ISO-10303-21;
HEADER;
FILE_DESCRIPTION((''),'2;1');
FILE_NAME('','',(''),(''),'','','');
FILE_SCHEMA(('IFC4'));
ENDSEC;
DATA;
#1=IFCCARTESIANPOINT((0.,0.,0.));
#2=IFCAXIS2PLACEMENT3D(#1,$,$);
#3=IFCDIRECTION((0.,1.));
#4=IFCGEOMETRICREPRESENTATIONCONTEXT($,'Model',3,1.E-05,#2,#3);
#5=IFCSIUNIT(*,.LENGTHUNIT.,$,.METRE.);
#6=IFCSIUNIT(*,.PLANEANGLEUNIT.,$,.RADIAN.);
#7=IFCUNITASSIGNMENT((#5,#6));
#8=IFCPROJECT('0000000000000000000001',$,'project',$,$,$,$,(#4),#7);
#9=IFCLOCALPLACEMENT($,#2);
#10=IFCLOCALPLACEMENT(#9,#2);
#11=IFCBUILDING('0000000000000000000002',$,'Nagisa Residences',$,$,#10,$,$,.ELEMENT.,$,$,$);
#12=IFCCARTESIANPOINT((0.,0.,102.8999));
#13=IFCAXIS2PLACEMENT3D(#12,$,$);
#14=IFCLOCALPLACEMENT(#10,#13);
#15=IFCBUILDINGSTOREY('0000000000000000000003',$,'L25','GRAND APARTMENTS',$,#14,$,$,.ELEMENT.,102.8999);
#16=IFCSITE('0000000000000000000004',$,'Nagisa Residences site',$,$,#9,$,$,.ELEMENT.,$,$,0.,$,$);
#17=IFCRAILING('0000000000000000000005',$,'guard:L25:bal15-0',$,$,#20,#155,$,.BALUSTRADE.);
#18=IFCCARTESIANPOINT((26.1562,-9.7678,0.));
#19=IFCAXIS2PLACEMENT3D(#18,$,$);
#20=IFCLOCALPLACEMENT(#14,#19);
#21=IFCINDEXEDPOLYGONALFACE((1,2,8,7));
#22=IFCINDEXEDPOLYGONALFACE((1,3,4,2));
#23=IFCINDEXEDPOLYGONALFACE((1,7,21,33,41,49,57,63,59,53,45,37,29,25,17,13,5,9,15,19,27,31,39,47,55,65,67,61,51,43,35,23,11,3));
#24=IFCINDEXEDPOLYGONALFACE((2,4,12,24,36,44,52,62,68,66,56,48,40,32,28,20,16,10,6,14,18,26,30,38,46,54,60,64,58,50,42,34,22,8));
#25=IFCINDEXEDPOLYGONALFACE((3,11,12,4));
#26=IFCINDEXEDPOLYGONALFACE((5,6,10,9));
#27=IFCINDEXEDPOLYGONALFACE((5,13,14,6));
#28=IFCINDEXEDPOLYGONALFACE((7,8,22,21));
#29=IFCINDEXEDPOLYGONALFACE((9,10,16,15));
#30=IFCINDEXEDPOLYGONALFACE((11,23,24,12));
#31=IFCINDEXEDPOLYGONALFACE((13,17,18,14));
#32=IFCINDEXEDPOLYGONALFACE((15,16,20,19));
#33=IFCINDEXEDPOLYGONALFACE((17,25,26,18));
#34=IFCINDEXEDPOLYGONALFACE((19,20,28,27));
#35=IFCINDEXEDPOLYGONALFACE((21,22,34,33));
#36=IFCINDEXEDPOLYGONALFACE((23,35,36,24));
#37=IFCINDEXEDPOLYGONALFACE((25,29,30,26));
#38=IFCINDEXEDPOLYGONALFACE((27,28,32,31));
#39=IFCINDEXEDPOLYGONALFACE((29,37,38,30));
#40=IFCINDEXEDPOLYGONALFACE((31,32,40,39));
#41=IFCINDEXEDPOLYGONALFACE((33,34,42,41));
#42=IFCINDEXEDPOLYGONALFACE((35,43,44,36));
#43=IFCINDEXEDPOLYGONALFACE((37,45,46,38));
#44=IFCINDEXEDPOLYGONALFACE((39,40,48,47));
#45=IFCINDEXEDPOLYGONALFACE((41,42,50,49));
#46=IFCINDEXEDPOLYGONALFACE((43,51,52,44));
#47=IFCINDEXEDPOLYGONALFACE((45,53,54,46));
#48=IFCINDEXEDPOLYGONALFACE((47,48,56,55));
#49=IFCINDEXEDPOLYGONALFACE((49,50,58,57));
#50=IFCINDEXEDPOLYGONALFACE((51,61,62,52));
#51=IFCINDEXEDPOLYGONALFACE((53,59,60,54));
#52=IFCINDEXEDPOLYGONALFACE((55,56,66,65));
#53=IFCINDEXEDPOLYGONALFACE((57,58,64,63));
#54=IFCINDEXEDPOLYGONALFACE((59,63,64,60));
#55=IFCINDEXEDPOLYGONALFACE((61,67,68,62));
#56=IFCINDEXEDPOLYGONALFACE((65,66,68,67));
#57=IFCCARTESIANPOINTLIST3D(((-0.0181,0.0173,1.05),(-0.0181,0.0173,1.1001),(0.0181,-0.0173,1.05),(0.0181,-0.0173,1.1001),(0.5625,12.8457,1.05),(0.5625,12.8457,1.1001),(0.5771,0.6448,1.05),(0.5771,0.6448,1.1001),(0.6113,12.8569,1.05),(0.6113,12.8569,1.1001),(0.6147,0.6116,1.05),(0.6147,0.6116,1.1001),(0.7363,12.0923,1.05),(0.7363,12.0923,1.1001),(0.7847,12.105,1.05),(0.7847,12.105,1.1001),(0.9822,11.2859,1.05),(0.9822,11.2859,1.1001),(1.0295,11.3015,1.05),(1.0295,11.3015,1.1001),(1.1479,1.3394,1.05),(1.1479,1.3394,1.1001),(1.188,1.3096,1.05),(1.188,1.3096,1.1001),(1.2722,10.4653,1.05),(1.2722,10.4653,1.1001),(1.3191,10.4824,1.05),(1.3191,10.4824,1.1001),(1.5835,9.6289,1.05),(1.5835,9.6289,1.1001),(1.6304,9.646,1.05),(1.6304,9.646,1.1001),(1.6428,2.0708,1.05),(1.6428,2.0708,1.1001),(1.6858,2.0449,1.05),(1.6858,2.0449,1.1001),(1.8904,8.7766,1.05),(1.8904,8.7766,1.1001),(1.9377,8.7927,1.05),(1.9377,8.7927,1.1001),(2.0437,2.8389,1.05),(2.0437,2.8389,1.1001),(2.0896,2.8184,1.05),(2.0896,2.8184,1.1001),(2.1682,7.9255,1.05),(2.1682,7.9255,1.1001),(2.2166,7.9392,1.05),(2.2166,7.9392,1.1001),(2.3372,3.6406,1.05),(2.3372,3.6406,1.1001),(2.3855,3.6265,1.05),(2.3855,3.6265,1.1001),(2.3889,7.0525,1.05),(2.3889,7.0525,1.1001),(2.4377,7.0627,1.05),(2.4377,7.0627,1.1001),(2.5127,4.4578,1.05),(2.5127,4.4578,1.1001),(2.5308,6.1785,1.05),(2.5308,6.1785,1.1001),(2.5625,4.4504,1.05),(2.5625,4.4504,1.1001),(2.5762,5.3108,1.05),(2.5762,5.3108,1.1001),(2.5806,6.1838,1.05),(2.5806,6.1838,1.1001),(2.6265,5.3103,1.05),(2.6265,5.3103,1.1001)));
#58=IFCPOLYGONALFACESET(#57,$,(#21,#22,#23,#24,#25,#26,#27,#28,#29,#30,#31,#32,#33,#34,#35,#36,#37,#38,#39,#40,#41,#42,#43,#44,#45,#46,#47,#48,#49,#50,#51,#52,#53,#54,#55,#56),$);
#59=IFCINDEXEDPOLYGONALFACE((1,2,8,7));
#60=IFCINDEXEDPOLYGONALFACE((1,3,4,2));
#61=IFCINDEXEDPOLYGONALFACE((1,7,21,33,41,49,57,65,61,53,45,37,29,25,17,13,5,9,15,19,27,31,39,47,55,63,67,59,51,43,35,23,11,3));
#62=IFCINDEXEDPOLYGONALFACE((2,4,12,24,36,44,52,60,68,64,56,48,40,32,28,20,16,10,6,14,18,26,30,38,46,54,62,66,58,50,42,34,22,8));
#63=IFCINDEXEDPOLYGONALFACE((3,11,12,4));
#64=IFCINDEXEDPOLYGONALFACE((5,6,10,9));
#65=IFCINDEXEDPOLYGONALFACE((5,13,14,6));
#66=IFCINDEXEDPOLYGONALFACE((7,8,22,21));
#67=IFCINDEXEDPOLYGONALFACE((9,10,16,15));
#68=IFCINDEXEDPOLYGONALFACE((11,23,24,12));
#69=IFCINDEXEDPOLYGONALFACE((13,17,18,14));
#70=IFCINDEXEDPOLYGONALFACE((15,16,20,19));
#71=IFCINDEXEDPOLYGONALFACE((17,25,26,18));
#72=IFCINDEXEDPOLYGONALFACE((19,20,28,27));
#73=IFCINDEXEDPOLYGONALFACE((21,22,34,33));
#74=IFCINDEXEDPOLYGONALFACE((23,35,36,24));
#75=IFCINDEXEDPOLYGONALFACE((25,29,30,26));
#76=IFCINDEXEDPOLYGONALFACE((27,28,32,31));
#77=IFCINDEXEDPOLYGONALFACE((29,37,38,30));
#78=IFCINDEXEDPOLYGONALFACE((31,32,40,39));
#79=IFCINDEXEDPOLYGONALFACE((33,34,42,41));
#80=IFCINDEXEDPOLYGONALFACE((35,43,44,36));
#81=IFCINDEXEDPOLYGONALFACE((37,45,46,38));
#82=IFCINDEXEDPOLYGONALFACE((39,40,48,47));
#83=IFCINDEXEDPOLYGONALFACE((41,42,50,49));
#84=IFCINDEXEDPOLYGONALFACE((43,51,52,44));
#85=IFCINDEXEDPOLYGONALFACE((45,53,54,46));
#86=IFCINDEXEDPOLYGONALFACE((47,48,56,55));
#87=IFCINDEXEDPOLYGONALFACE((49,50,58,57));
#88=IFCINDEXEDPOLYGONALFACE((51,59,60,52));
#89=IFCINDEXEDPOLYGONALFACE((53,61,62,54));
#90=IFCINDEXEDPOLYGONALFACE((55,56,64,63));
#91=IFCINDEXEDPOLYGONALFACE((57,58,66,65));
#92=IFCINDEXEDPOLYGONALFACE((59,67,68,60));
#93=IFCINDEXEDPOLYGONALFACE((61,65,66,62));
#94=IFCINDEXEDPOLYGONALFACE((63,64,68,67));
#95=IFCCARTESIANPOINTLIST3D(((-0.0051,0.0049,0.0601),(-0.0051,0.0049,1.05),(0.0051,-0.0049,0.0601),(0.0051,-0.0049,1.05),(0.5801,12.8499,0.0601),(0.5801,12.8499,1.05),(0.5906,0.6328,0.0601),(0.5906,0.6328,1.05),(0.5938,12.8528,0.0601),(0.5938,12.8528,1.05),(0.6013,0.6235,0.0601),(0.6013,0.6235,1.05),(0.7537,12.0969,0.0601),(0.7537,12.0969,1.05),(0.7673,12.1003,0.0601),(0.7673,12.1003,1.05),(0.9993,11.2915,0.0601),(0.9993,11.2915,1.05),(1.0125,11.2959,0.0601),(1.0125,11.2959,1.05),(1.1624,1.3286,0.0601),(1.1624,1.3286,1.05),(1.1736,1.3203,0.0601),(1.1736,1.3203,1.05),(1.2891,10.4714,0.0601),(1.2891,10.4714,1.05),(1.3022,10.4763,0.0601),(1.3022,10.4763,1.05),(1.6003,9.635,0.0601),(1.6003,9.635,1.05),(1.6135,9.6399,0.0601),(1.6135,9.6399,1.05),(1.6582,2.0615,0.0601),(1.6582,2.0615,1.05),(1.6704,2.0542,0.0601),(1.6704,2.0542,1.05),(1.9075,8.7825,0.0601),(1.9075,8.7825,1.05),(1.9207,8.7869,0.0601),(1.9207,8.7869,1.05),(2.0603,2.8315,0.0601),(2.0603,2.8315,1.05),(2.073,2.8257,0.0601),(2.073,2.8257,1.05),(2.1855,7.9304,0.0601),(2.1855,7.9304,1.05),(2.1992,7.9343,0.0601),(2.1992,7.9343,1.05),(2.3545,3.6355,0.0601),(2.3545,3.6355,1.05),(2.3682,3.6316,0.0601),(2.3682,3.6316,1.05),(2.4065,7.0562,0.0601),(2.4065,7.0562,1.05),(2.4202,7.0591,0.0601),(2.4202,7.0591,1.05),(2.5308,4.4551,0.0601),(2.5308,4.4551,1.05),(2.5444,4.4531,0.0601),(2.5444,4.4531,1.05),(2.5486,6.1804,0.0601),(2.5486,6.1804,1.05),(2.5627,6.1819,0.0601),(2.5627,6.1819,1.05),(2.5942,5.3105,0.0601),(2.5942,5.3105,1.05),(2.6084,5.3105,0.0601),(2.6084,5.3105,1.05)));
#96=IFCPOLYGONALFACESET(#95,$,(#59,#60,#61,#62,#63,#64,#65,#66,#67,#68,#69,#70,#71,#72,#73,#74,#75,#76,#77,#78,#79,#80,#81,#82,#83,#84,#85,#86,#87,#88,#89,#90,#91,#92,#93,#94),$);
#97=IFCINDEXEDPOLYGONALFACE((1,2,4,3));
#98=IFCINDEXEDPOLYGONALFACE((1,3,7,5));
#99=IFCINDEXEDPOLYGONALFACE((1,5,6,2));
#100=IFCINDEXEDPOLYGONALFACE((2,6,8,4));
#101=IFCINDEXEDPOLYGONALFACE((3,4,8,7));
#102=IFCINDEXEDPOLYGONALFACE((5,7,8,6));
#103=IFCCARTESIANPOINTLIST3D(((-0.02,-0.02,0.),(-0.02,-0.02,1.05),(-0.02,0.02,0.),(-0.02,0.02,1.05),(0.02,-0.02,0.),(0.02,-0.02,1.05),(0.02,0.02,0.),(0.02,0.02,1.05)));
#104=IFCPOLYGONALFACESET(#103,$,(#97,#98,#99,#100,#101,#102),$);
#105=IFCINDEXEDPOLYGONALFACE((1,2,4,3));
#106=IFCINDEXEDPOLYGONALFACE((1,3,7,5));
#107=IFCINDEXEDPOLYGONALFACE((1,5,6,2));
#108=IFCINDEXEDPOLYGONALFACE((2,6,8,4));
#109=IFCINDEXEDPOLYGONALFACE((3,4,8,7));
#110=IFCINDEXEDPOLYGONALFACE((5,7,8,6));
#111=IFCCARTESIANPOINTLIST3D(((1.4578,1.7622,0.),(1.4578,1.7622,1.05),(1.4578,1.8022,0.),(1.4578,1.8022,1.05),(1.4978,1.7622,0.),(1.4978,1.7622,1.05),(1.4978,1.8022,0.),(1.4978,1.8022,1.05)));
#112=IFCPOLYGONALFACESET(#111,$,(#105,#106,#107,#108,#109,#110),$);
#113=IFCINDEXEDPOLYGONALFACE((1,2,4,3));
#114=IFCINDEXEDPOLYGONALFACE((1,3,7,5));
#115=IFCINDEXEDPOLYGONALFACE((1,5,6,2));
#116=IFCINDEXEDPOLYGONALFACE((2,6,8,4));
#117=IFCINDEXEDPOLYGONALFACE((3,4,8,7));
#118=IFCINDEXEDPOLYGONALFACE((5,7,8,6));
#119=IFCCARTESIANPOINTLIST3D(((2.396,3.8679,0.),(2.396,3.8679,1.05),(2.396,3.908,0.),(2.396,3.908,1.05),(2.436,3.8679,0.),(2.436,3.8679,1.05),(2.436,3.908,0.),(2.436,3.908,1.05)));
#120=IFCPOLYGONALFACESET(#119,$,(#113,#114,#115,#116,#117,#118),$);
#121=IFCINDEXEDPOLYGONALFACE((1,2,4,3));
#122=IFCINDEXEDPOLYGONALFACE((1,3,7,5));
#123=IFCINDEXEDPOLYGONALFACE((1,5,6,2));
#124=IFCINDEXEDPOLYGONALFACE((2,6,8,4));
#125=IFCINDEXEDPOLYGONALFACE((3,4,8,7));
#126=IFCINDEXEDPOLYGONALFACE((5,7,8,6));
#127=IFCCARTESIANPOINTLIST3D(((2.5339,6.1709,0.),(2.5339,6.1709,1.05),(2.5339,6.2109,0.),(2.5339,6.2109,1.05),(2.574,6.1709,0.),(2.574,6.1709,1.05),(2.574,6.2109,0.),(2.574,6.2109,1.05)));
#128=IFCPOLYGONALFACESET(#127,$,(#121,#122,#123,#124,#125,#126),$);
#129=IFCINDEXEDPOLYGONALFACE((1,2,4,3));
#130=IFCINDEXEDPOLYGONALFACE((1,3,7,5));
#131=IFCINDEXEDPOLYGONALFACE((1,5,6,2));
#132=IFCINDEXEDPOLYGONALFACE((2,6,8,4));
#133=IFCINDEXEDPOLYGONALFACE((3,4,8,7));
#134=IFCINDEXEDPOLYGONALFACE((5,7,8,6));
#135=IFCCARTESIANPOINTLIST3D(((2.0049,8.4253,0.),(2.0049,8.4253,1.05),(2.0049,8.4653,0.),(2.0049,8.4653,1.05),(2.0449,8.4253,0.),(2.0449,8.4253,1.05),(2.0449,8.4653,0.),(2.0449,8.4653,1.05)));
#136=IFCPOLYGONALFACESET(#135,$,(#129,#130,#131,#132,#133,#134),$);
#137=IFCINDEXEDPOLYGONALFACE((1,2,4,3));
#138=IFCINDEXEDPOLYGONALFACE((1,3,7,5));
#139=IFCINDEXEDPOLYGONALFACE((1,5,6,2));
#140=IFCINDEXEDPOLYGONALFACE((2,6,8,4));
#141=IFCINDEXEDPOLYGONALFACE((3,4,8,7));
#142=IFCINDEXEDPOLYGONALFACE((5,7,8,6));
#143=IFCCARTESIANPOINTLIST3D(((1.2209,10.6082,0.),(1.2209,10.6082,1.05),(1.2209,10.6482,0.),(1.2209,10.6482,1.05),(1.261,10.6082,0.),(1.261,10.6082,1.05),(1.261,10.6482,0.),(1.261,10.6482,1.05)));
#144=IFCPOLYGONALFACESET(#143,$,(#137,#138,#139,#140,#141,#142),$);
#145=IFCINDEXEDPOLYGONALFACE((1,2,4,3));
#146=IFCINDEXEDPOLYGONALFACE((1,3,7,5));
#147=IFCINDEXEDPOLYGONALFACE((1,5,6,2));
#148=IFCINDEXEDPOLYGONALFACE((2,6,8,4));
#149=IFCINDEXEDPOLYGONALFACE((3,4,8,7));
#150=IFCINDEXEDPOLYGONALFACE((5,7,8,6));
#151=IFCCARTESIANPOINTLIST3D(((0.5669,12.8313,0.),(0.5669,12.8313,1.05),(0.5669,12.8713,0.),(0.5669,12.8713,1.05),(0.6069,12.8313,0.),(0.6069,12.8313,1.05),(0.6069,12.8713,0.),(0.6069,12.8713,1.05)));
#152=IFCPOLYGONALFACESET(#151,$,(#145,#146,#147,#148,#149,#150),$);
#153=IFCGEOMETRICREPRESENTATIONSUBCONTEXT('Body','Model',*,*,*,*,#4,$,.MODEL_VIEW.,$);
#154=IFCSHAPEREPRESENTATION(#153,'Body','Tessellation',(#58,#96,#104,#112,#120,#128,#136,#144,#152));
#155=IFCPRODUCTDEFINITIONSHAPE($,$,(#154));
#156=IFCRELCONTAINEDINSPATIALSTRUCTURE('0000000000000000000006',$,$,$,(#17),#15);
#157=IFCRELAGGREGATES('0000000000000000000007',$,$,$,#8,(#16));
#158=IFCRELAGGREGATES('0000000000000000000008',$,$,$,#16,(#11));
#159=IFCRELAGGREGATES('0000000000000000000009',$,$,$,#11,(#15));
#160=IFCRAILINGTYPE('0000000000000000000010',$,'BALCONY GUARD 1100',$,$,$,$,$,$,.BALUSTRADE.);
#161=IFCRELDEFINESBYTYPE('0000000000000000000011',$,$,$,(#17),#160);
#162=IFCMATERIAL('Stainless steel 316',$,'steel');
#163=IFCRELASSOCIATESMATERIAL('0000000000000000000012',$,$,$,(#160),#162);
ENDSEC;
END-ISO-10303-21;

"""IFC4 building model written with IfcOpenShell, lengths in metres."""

from ifc_helpers import new_model, si_unit, direction, frame, origin, origin_2d, place, context, subcontext, project, spatial, polyline, rectangle, outline, extrude, material, type_object, element, save


model = new_model("IFC4")

# Units and contexts
model_context = context("Model", 3, precision=1e-05, world=origin(), true_north=direction((0.0, 1.0)))
body_context = subcontext(model_context, "Body", "Model", "MODEL_VIEW")
ifc_project = project(units=[si_unit("LENGTHUNIT", "METRE"), si_unit("PLANEANGLEUNIT", "RADIAN")], contexts=[model_context])

# Site, building, storey
site_placement = place(None, origin())
site = spatial("IfcSite", under=ifc_project, at=site_placement, Name="Nagisa Residences site", CompositionType="ELEMENT", RefElevation=0.0)
building_placement = place(site_placement, origin())
building = spatial("IfcBuilding", under=site, at=building_placement, Name="Nagisa Residences", CompositionType="ELEMENT")
storey_placement = place(building_placement, frame((0.0, 0.0, 102.8999)))
storey = spatial("IfcBuildingStorey", under=building, at=storey_placement, Name="L25", Description="GRAND APARTMENTS", CompositionType="ELEMENT", Elevation=102.8999)

# Railing
ifc_material_1 = material(Name="Stainless steel 316", Category="steel")
railing_type_1 = type_object("IfcRailingType", Name="BALCONY GUARD 1100", PredefinedType="BALUSTRADE", material=ifc_material_1)
railing_1_placement = place(storey_placement, frame((26.1562, -9.7678, 0.0)))
element("IfcRailing", 1, at=railing_1_placement, inside=storey, type_object=railing_type_1, Name="guard:L25:bal15-0", PredefinedType="BALUSTRADE", context=body_context, shape_type="SweptSolid", body=[
    extrude(outline(polyline([(0.5771, 0.6448), (-0.0181, 0.0173), (0.0181, -0.0173), (0.6147, 0.6116), (1.188, 1.3096), (1.6858, 2.0449), (2.0896, 2.8184), (2.3855, 3.6265), (2.5625, 4.4504), (2.6265, 5.3103), (2.5806, 6.1838), (2.4377, 7.0627), (2.2166, 7.9392), (1.9377, 8.7927), (1.6304, 9.646), (1.3191, 10.4824), (1.0295, 11.3015), (0.7847, 12.105), (0.6113, 12.8569), (0.5625, 12.8457), (0.7363, 12.0923), (0.9822, 11.2859), (1.2722, 10.4653), (1.5835, 9.6289), (1.8904, 8.7766), (2.1682, 7.9255), (2.3889, 7.0525), (2.5308, 6.1785), (2.5762, 5.3108), (2.5127, 4.4578), (2.3372, 3.6406), (2.0437, 2.8389), (1.6428, 2.0708), (1.1479, 1.3394), (0.5771, 0.6448)])), frame((0.0, 0.0, 1.05)), (0.0, 0.0, 1.0), 0.05),
    extrude(outline(polyline([(0.5906, 0.6328), (-0.0051, 0.0049), (0.0051, -0.0049), (0.6013, 0.6235), (1.1736, 1.3203), (1.6704, 2.0542), (2.073, 2.8257), (2.3682, 3.6316), (2.5444, 4.4531), (2.6084, 5.3105), (2.5627, 6.1819), (2.4202, 7.0591), (2.1992, 7.9343), (1.9207, 8.7869), (1.6135, 9.6399), (1.3022, 10.4763), (1.0125, 11.2959), (0.7673, 12.1003), (0.5938, 12.8528), (0.5801, 12.8499), (0.7537, 12.0969), (0.9993, 11.2915), (1.2891, 10.4714), (1.6003, 9.635), (1.9075, 8.7825), (2.1855, 7.9304), (2.4065, 7.0562), (2.5486, 6.1804), (2.5942, 5.3105), (2.5308, 4.4551), (2.3545, 3.6355), (2.0603, 2.8315), (1.6582, 2.0615), (1.1624, 1.3286), (0.5906, 0.6328)])), frame((0.0, 0.0, 0.0601)), (0.0, 0.0, 1.0), 0.99),
    extrude(rectangle(XDim=0.04, YDim=0.04, at=origin_2d()), origin(), (0.0, 0.0, 1.0), 1.05),
    extrude(rectangle(XDim=0.04, YDim=0.04, at=origin_2d()), frame((1.4778, 1.7822, 0.0)), (0.0, 0.0, 1.0), 1.05),
    extrude(rectangle(XDim=0.04, YDim=0.04, at=origin_2d()), frame((2.416, 3.8879, 0.0)), (0.0, 0.0, 1.0), 1.05),
    extrude(rectangle(XDim=0.04, YDim=0.04, at=origin_2d()), frame((2.554, 6.1909, 0.0)), (0.0, 0.0, 1.0), 1.05),
    extrude(rectangle(XDim=0.04, YDim=0.04, at=origin_2d()), frame((2.0249, 8.4453, 0.0)), (0.0, 0.0, 1.0), 1.05),
    extrude(rectangle(XDim=0.04, YDim=0.04, at=origin_2d()), frame((1.241, 10.6282, 0.0)), (0.0, 0.0, 1.0), 1.05),
    extrude(rectangle(XDim=0.04, YDim=0.04, at=origin_2d()), frame((0.5869, 12.8513, 0.0)), (0.0, 0.0, 1.0), 1.05),
])

save(model, "model.ifc")
